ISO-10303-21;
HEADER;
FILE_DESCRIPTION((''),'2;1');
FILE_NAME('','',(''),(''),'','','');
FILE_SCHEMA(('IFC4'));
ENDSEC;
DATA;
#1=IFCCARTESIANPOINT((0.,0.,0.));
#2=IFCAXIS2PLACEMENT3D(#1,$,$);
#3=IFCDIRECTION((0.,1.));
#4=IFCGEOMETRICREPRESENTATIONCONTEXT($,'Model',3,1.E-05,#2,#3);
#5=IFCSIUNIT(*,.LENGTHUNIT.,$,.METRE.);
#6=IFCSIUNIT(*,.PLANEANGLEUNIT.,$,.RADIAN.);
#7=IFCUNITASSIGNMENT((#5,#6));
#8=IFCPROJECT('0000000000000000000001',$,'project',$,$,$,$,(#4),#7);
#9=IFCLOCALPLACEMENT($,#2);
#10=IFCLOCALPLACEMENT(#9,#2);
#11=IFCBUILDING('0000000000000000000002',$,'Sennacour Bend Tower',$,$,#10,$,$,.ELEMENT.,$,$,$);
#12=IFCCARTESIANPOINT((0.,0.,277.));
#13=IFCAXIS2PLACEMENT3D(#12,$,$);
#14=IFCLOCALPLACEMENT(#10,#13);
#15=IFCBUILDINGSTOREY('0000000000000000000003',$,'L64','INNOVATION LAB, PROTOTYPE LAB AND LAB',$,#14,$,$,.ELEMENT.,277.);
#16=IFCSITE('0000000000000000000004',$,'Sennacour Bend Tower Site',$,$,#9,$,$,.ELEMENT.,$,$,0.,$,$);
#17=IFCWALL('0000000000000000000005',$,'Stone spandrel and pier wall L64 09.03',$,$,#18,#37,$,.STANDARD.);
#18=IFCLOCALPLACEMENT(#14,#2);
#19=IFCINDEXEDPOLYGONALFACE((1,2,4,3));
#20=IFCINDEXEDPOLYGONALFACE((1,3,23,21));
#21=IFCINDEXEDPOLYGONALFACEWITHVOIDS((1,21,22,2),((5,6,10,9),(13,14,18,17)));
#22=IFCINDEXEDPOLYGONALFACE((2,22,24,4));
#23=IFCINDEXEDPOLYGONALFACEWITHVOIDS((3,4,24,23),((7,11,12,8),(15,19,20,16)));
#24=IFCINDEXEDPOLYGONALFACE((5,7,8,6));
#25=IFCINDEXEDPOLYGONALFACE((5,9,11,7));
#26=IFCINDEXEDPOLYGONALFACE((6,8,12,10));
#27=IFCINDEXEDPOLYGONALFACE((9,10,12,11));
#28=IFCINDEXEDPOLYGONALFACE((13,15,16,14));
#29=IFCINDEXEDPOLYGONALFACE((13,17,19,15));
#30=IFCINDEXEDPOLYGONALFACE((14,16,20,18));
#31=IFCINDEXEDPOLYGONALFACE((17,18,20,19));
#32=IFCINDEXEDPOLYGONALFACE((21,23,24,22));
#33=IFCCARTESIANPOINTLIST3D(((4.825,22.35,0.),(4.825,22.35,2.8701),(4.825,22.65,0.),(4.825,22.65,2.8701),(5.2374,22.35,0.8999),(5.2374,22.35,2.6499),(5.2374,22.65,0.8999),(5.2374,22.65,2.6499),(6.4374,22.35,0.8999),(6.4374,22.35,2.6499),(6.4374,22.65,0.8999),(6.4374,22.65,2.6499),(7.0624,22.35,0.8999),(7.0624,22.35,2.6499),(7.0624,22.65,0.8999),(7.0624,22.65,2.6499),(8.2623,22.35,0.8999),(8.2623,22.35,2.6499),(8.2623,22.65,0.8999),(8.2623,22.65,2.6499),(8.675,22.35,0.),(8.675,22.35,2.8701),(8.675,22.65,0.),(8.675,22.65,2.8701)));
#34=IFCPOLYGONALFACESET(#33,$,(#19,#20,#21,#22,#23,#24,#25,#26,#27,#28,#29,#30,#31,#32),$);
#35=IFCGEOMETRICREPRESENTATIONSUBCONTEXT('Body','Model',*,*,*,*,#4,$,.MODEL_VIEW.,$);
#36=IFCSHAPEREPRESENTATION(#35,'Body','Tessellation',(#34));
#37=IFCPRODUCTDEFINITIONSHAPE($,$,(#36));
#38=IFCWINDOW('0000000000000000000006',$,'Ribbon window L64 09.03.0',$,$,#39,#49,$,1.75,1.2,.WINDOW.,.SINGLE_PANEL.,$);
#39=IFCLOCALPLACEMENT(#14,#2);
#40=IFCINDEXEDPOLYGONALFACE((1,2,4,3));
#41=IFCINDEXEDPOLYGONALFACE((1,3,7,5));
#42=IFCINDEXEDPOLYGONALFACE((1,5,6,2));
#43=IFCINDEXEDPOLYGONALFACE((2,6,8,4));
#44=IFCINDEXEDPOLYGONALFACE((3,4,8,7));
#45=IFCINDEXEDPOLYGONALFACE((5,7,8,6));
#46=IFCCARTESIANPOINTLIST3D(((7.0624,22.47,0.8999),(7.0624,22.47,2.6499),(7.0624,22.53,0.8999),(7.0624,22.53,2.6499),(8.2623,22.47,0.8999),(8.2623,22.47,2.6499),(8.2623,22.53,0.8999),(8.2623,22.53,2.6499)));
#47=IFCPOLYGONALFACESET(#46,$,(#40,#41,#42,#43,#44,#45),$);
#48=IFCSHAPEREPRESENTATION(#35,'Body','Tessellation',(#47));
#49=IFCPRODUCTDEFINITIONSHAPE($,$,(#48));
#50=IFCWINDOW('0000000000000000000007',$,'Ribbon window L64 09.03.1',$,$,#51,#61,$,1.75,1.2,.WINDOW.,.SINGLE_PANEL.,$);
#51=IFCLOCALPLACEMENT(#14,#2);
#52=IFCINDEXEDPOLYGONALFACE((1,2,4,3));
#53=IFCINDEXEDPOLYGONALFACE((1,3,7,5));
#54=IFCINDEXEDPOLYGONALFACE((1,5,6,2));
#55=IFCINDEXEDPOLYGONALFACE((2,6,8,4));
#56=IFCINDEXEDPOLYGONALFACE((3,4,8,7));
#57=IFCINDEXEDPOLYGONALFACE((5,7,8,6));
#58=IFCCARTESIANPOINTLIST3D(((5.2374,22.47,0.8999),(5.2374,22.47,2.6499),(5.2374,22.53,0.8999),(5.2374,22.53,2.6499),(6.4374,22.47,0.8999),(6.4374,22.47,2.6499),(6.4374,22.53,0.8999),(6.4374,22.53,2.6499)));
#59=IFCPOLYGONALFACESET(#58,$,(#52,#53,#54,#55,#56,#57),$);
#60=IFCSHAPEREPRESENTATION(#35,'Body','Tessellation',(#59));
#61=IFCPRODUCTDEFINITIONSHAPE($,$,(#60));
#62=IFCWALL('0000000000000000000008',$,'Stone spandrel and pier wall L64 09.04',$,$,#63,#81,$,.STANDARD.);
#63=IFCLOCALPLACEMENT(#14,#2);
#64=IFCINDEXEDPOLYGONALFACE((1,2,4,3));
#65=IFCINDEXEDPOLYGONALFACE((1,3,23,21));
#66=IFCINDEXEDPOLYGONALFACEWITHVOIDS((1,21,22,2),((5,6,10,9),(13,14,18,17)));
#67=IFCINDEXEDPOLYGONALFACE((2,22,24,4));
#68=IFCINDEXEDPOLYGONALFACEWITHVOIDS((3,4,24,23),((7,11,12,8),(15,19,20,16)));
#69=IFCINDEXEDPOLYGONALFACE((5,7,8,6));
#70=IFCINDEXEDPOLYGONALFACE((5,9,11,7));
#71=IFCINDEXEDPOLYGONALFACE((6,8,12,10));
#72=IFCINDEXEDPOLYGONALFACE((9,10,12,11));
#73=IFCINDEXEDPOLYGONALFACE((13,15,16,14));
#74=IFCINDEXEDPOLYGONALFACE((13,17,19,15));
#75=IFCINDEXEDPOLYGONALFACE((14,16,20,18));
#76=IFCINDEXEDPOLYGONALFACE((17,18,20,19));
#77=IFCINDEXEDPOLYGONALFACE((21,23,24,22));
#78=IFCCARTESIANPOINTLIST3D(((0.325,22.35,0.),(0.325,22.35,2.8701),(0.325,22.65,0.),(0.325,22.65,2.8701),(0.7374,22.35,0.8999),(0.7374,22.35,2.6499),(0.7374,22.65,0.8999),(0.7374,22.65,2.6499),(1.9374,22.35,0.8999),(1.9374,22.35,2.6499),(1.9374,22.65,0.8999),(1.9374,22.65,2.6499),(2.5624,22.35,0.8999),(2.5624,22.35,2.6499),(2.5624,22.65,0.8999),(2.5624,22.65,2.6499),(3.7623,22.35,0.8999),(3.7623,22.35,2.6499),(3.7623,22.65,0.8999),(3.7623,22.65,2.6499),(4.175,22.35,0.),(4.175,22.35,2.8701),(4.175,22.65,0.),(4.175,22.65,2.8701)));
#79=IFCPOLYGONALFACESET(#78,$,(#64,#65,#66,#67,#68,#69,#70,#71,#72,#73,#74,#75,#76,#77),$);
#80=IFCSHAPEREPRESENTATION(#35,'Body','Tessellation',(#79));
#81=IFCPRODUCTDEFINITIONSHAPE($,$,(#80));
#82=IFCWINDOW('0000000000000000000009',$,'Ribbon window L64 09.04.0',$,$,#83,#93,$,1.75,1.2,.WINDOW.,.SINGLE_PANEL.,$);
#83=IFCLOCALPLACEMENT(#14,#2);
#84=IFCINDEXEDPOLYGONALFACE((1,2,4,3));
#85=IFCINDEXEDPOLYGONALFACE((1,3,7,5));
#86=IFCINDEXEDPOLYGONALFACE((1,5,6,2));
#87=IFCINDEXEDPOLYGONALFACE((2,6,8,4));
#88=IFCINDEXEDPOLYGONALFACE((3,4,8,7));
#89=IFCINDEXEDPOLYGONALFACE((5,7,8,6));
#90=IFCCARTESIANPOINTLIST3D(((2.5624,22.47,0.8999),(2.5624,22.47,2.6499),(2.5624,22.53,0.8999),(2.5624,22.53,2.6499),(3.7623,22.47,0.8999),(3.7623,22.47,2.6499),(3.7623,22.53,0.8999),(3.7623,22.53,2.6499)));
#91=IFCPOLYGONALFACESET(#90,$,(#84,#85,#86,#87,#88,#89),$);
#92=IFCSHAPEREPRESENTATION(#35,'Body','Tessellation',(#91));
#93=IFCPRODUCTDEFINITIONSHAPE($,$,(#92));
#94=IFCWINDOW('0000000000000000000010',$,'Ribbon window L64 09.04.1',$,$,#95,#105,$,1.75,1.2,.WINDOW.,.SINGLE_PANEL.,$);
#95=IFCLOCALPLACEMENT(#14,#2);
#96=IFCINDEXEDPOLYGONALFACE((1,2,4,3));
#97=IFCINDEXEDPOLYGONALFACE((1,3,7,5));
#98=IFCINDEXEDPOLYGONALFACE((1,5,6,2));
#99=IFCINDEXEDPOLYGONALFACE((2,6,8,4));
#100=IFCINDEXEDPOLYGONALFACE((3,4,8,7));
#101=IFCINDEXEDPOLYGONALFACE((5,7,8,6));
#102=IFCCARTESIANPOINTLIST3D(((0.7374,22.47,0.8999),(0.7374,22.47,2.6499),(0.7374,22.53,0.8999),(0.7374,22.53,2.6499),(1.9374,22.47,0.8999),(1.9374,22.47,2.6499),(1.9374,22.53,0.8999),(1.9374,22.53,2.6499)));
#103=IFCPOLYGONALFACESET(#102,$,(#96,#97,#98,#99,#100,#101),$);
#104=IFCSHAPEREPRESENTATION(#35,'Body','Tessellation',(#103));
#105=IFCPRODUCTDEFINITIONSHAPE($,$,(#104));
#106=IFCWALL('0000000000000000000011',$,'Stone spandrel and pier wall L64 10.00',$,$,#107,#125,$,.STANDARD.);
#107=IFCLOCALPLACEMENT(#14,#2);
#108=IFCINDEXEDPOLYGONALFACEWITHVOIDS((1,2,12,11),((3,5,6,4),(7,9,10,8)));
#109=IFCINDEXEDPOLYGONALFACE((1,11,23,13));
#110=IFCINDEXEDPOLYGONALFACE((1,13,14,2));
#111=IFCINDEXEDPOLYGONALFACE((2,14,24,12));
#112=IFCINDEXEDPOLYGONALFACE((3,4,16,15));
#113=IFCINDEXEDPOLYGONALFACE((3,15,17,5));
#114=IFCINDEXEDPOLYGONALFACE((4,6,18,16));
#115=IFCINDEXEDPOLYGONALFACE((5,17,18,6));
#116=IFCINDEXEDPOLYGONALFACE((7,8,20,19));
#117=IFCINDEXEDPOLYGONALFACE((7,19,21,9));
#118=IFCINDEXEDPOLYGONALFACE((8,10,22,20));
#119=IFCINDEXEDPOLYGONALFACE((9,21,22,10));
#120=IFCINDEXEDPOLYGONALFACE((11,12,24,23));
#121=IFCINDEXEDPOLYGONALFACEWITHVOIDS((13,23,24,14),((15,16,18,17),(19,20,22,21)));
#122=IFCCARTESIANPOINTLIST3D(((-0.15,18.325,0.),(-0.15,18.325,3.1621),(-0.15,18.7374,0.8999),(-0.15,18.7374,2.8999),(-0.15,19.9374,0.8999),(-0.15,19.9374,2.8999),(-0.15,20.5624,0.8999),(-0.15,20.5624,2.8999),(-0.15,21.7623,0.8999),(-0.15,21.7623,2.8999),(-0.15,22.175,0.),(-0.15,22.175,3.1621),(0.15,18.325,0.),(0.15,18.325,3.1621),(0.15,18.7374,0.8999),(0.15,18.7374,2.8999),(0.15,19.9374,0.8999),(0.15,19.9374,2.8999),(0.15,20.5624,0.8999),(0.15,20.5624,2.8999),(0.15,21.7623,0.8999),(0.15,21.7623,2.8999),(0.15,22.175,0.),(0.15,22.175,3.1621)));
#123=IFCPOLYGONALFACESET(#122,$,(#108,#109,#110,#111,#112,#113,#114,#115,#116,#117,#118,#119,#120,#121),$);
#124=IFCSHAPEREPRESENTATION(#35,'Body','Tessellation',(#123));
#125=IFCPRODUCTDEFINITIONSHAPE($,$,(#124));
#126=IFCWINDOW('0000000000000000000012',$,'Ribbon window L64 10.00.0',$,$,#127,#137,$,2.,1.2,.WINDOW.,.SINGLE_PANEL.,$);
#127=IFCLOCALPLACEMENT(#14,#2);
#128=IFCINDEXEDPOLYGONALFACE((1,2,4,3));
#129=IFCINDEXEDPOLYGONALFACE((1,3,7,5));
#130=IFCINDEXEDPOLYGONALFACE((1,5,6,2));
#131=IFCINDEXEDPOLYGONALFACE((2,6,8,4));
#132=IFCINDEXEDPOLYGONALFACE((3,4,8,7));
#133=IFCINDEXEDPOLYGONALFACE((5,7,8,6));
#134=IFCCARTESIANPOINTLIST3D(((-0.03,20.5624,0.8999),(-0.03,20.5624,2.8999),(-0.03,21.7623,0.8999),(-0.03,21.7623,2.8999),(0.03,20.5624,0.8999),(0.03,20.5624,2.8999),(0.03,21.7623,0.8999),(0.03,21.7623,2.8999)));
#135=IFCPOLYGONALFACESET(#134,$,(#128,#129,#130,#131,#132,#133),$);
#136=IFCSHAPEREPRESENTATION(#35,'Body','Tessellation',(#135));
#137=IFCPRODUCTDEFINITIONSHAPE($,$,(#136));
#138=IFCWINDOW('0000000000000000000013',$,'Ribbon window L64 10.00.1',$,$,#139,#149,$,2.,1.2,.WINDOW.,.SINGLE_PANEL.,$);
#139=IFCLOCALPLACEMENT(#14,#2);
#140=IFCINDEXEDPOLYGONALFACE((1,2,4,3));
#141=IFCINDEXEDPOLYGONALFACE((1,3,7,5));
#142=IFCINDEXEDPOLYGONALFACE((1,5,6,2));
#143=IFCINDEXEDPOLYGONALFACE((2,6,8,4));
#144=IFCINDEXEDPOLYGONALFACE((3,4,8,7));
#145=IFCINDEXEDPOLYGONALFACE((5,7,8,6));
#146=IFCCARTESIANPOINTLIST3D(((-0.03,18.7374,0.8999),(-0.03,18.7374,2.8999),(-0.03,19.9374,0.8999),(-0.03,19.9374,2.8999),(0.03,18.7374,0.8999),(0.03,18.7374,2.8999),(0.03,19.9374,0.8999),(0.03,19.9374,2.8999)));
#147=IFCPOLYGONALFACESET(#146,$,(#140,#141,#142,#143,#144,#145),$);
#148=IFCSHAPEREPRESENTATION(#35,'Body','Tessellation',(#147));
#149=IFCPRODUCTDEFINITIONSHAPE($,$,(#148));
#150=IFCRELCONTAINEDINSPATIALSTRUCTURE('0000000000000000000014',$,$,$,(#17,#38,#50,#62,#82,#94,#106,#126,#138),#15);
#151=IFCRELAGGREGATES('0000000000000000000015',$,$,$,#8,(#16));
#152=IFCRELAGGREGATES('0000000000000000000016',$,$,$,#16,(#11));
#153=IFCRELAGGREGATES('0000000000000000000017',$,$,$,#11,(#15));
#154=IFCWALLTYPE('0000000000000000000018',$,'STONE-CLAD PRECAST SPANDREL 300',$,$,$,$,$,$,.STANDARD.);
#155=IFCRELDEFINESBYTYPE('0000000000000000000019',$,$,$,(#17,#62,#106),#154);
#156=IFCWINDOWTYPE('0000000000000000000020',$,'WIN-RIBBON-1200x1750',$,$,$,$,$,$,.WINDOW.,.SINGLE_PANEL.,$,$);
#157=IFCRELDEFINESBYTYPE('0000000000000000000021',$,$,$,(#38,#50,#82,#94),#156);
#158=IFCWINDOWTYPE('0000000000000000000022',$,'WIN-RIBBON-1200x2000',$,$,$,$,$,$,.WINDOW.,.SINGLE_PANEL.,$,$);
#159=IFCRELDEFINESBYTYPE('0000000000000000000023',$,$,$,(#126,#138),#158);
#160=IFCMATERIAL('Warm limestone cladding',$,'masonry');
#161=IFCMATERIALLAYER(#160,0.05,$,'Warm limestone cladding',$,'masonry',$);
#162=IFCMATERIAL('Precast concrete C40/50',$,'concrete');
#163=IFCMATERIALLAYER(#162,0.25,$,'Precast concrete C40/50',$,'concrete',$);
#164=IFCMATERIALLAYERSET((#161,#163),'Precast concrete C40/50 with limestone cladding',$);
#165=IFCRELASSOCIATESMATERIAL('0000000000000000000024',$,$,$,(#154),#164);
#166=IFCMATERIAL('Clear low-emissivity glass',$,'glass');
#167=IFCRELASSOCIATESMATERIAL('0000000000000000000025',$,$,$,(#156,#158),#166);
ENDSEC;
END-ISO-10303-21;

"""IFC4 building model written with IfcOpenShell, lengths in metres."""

from ifc_helpers import new_model, si_unit, direction, frame, frame_2d, origin, place, context, subcontext, project, spatial, rectangle, extrude, material, layer, layer_set, type_object, element, fill, save


model = new_model("IFC4")

# Units and contexts
model_context = context("Model", 3, precision=1e-05, world=origin(), true_north=direction((0.0, 1.0)))
body_context = subcontext(model_context, "Body", "Model", "MODEL_VIEW")
ifc_project = project(units=[si_unit("LENGTHUNIT", "METRE"), si_unit("PLANEANGLEUNIT", "RADIAN")], contexts=[model_context])

# Site, building, storey
site_placement = place(None, origin())
site = spatial("IfcSite", under=ifc_project, at=site_placement, Name="Sennacour Bend Tower Site", CompositionType="ELEMENT", RefElevation=0.0)
building_placement = place(site_placement, origin())
building = spatial("IfcBuilding", under=site, at=building_placement, Name="Sennacour Bend Tower", CompositionType="ELEMENT")
storey_placement = place(building_placement, frame((0.0, 0.0, 277.0)))
storey = spatial("IfcBuildingStorey", under=building, at=storey_placement, Name="L64", Description="INNOVATION LAB, PROTOTYPE LAB AND LAB", CompositionType="ELEMENT", Elevation=277.0)

# Walls, openings, windows
ifc_material_1 = material(Name="Warm limestone cladding", Category="masonry")
ifc_layer_1 = layer(ifc_material_1, 0.05, Name="Warm limestone cladding", Category="masonry")
ifc_material_2 = material(Name="Precast concrete C40/50", Category="concrete")
ifc_layer_2 = layer(ifc_material_2, 0.25, Name="Precast concrete C40/50", Category="concrete")
ifc_layer_set_1 = layer_set([ifc_layer_1, ifc_layer_2], Name="Precast concrete C40/50 with limestone cladding")
wall_type_1 = type_object("IfcWallType", Name="STONE-CLAD PRECAST SPANDREL 300", PredefinedType="STANDARD", material=ifc_layer_set_1)
wall_1_placement = place(storey_placement, frame((8.675, 22.5, 0.0), z_axis=(0.0, 0.0, 1.0), x_axis=(-1.0, 0.0, 0.0)))
wall_1 = element("IfcWall", 1, at=wall_1_placement, inside=storey, type_object=wall_type_1, Name="Stone spandrel and pier wall L64 09.03", PredefinedType="STANDARD", context=body_context, shape_type="SweptSolid", body=[
    extrude(rectangle(XDim=3.8501, YDim=0.3, at=frame_2d((1.925, 0.0))), origin(), (0.0, 0.0, 1.0), 2.8701),
])
opening_1_placement = place(wall_1_placement, frame((0.4126, 0.0, 0.8999)))
opening_1 = element("IfcOpeningElement", 2, at=opening_1_placement, cuts=wall_1, PredefinedType="OPENING", context=body_context, shape_type="SweptSolid", body=[
    extrude(rectangle(XDim=1.2, YDim=1.75, at=frame_2d((0.6001, 0.875))), frame((0.0, 0.1602, 0.0), z_axis=(0.0, -1.0, 0.0), x_axis=(1.0, 0.0, 0.0)), (0.0, 0.0, 1.0), 0.3201),
])
opening_2_placement = place(wall_1_placement, frame((2.2375, 0.0, 0.8999)))
opening_2 = element("IfcOpeningElement", 3, at=opening_2_placement, cuts=wall_1, PredefinedType="OPENING", context=body_context, shape_type="SweptSolid", body=[
    extrude(rectangle(XDim=1.2, YDim=1.75, at=frame_2d((0.6001, 0.875))), frame((0.0, 0.1602, 0.0), z_axis=(0.0, -1.0, 0.0), x_axis=(1.0, 0.0, 0.0)), (0.0, 0.0, 1.0), 0.3201),
])
ifc_material_3 = material(Name="Clear low-emissivity glass", Category="glass")
window_type_1 = type_object("IfcWindowType", Name="WIN-RIBBON-1200x1750", PartitioningType="SINGLE_PANEL", PredefinedType="WINDOW", material=ifc_material_3)
window_1_placement = place(opening_1_placement, origin())
window_1 = element("IfcWindow", 4, at=window_1_placement, inside=storey, type_object=window_type_1, Name="Ribbon window L64 09.03.0", OverallHeight=1.75, OverallWidth=1.2, PartitioningType="SINGLE_PANEL", PredefinedType="WINDOW", context=body_context, shape_type="SweptSolid", body=[
    extrude(rectangle(XDim=1.2, YDim=1.75, at=frame_2d((0.6001, 0.875))), frame((0.0, 0.03, 0.0), z_axis=(0.0, -1.0, 0.0), x_axis=(1.0, 0.0, 0.0)), (0.0, 0.0, 1.0), 0.0601),
])
fill(opening_1, window_1)
window_2_placement = place(opening_2_placement, origin())
window_2 = element("IfcWindow", 5, at=window_2_placement, inside=storey, type_object=window_type_1, Name="Ribbon window L64 09.03.1", OverallHeight=1.75, OverallWidth=1.2, PartitioningType="SINGLE_PANEL", PredefinedType="WINDOW", context=body_context, shape_type="SweptSolid", body=[
    extrude(rectangle(XDim=1.2, YDim=1.75, at=frame_2d((0.6001, 0.875))), frame((0.0, 0.03, 0.0), z_axis=(0.0, -1.0, 0.0), x_axis=(1.0, 0.0, 0.0)), (0.0, 0.0, 1.0), 0.0601),
])
fill(opening_2, window_2)
wall_2_placement = place(storey_placement, frame((4.175, 22.5, 0.0), z_axis=(0.0, 0.0, 1.0), x_axis=(-1.0, 0.0, 0.0)))
wall_2 = element("IfcWall", 6, at=wall_2_placement, inside=storey, type_object=wall_type_1, Name="Stone spandrel and pier wall L64 09.04", PredefinedType="STANDARD", context=body_context, shape_type="SweptSolid", body=[
    extrude(rectangle(XDim=3.8501, YDim=0.3, at=frame_2d((1.925, 0.0))), origin(), (0.0, 0.0, 1.0), 2.8701),
])
opening_3_placement = place(wall_2_placement, frame((0.4126, 0.0, 0.8999)))
opening_3 = element("IfcOpeningElement", 7, at=opening_3_placement, cuts=wall_2, PredefinedType="OPENING", context=body_context, shape_type="SweptSolid", body=[
    extrude(rectangle(XDim=1.2, YDim=1.75, at=frame_2d((0.6001, 0.875))), frame((0.0, 0.1602, 0.0), z_axis=(0.0, -1.0, 0.0), x_axis=(1.0, 0.0, 0.0)), (0.0, 0.0, 1.0), 0.3201),
])
opening_4_placement = place(wall_2_placement, frame((2.2375, 0.0, 0.8999)))
opening_4 = element("IfcOpeningElement", 8, at=opening_4_placement, cuts=wall_2, PredefinedType="OPENING", context=body_context, shape_type="SweptSolid", body=[
    extrude(rectangle(XDim=1.2, YDim=1.75, at=frame_2d((0.6001, 0.875))), frame((0.0, 0.1602, 0.0), z_axis=(0.0, -1.0, 0.0), x_axis=(1.0, 0.0, 0.0)), (0.0, 0.0, 1.0), 0.3201),
])
window_3_placement = place(opening_3_placement, origin())
window_3 = element("IfcWindow", 9, at=window_3_placement, inside=storey, type_object=window_type_1, Name="Ribbon window L64 09.04.0", OverallHeight=1.75, OverallWidth=1.2, PartitioningType="SINGLE_PANEL", PredefinedType="WINDOW", context=body_context, shape_type="SweptSolid", body=[
    extrude(rectangle(XDim=1.2, YDim=1.75, at=frame_2d((0.6001, 0.875))), frame((0.0, 0.03, 0.0), z_axis=(0.0, -1.0, 0.0), x_axis=(1.0, 0.0, 0.0)), (0.0, 0.0, 1.0), 0.0601),
])
fill(opening_3, window_3)
window_4_placement = place(opening_4_placement, origin())
window_4 = element("IfcWindow", 10, at=window_4_placement, inside=storey, type_object=window_type_1, Name="Ribbon window L64 09.04.1", OverallHeight=1.75, OverallWidth=1.2, PartitioningType="SINGLE_PANEL", PredefinedType="WINDOW", context=body_context, shape_type="SweptSolid", body=[
    extrude(rectangle(XDim=1.2, YDim=1.75, at=frame_2d((0.6001, 0.875))), frame((0.0, 0.03, 0.0), z_axis=(0.0, -1.0, 0.0), x_axis=(1.0, 0.0, 0.0)), (0.0, 0.0, 1.0), 0.0601),
])
fill(opening_4, window_4)
wall_3_placement = place(storey_placement, frame((0.0, 22.175, 0.0), z_axis=(0.0, 0.0, 1.0), x_axis=(0.0, -1.0, 0.0)))
wall_3 = element("IfcWall", 11, at=wall_3_placement, inside=storey, type_object=wall_type_1, Name="Stone spandrel and pier wall L64 10.00", PredefinedType="STANDARD", context=body_context, shape_type="SweptSolid", body=[
    extrude(rectangle(XDim=3.8501, YDim=0.3, at=frame_2d((1.925, 0.0))), origin(), (0.0, 0.0, 1.0), 3.1621),
])
opening_5_placement = place(wall_3_placement, frame((0.4126, 0.0, 0.8999)))
opening_5 = element("IfcOpeningElement", 12, at=opening_5_placement, cuts=wall_3, PredefinedType="OPENING", context=body_context, shape_type="SweptSolid", body=[
    extrude(rectangle(XDim=1.2, YDim=2.0, at=frame_2d((0.6001, 1.0))), frame((0.0, 0.1602, 0.0), z_axis=(0.0, -1.0, 0.0), x_axis=(1.0, 0.0, 0.0)), (0.0, 0.0, 1.0), 0.3201),
])
opening_6_placement = place(wall_3_placement, frame((2.2375, 0.0, 0.8999)))
opening_6 = element("IfcOpeningElement", 13, at=opening_6_placement, cuts=wall_3, PredefinedType="OPENING", context=body_context, shape_type="SweptSolid", body=[
    extrude(rectangle(XDim=1.2, YDim=2.0, at=frame_2d((0.6001, 1.0))), frame((0.0, 0.1602, 0.0), z_axis=(0.0, -1.0, 0.0), x_axis=(1.0, 0.0, 0.0)), (0.0, 0.0, 1.0), 0.3201),
])
window_type_2 = type_object("IfcWindowType", Name="WIN-RIBBON-1200x2000", PartitioningType="SINGLE_PANEL", PredefinedType="WINDOW", material=ifc_material_3)
window_5_placement = place(opening_5_placement, origin())
window_5 = element("IfcWindow", 14, at=window_5_placement, inside=storey, type_object=window_type_2, Name="Ribbon window L64 10.00.0", OverallHeight=2.0, OverallWidth=1.2, PartitioningType="SINGLE_PANEL", PredefinedType="WINDOW", context=body_context, shape_type="SweptSolid", body=[
    extrude(rectangle(XDim=1.2, YDim=2.0, at=frame_2d((0.6001, 1.0))), frame((0.0, 0.03, 0.0), z_axis=(0.0, -1.0, 0.0), x_axis=(1.0, 0.0, 0.0)), (0.0, 0.0, 1.0), 0.0601),
])
fill(opening_5, window_5)
window_6_placement = place(opening_6_placement, origin())
window_6 = element("IfcWindow", 15, at=window_6_placement, inside=storey, type_object=window_type_2, Name="Ribbon window L64 10.00.1", OverallHeight=2.0, OverallWidth=1.2, PartitioningType="SINGLE_PANEL", PredefinedType="WINDOW", context=body_context, shape_type="SweptSolid", body=[
    extrude(rectangle(XDim=1.2, YDim=2.0, at=frame_2d((0.6001, 1.0))), frame((0.0, 0.03, 0.0), z_axis=(0.0, -1.0, 0.0), x_axis=(1.0, 0.0, 0.0)), (0.0, 0.0, 1.0), 0.0601),
])
fill(opening_6, window_6)

save(model, "model.ifc")
